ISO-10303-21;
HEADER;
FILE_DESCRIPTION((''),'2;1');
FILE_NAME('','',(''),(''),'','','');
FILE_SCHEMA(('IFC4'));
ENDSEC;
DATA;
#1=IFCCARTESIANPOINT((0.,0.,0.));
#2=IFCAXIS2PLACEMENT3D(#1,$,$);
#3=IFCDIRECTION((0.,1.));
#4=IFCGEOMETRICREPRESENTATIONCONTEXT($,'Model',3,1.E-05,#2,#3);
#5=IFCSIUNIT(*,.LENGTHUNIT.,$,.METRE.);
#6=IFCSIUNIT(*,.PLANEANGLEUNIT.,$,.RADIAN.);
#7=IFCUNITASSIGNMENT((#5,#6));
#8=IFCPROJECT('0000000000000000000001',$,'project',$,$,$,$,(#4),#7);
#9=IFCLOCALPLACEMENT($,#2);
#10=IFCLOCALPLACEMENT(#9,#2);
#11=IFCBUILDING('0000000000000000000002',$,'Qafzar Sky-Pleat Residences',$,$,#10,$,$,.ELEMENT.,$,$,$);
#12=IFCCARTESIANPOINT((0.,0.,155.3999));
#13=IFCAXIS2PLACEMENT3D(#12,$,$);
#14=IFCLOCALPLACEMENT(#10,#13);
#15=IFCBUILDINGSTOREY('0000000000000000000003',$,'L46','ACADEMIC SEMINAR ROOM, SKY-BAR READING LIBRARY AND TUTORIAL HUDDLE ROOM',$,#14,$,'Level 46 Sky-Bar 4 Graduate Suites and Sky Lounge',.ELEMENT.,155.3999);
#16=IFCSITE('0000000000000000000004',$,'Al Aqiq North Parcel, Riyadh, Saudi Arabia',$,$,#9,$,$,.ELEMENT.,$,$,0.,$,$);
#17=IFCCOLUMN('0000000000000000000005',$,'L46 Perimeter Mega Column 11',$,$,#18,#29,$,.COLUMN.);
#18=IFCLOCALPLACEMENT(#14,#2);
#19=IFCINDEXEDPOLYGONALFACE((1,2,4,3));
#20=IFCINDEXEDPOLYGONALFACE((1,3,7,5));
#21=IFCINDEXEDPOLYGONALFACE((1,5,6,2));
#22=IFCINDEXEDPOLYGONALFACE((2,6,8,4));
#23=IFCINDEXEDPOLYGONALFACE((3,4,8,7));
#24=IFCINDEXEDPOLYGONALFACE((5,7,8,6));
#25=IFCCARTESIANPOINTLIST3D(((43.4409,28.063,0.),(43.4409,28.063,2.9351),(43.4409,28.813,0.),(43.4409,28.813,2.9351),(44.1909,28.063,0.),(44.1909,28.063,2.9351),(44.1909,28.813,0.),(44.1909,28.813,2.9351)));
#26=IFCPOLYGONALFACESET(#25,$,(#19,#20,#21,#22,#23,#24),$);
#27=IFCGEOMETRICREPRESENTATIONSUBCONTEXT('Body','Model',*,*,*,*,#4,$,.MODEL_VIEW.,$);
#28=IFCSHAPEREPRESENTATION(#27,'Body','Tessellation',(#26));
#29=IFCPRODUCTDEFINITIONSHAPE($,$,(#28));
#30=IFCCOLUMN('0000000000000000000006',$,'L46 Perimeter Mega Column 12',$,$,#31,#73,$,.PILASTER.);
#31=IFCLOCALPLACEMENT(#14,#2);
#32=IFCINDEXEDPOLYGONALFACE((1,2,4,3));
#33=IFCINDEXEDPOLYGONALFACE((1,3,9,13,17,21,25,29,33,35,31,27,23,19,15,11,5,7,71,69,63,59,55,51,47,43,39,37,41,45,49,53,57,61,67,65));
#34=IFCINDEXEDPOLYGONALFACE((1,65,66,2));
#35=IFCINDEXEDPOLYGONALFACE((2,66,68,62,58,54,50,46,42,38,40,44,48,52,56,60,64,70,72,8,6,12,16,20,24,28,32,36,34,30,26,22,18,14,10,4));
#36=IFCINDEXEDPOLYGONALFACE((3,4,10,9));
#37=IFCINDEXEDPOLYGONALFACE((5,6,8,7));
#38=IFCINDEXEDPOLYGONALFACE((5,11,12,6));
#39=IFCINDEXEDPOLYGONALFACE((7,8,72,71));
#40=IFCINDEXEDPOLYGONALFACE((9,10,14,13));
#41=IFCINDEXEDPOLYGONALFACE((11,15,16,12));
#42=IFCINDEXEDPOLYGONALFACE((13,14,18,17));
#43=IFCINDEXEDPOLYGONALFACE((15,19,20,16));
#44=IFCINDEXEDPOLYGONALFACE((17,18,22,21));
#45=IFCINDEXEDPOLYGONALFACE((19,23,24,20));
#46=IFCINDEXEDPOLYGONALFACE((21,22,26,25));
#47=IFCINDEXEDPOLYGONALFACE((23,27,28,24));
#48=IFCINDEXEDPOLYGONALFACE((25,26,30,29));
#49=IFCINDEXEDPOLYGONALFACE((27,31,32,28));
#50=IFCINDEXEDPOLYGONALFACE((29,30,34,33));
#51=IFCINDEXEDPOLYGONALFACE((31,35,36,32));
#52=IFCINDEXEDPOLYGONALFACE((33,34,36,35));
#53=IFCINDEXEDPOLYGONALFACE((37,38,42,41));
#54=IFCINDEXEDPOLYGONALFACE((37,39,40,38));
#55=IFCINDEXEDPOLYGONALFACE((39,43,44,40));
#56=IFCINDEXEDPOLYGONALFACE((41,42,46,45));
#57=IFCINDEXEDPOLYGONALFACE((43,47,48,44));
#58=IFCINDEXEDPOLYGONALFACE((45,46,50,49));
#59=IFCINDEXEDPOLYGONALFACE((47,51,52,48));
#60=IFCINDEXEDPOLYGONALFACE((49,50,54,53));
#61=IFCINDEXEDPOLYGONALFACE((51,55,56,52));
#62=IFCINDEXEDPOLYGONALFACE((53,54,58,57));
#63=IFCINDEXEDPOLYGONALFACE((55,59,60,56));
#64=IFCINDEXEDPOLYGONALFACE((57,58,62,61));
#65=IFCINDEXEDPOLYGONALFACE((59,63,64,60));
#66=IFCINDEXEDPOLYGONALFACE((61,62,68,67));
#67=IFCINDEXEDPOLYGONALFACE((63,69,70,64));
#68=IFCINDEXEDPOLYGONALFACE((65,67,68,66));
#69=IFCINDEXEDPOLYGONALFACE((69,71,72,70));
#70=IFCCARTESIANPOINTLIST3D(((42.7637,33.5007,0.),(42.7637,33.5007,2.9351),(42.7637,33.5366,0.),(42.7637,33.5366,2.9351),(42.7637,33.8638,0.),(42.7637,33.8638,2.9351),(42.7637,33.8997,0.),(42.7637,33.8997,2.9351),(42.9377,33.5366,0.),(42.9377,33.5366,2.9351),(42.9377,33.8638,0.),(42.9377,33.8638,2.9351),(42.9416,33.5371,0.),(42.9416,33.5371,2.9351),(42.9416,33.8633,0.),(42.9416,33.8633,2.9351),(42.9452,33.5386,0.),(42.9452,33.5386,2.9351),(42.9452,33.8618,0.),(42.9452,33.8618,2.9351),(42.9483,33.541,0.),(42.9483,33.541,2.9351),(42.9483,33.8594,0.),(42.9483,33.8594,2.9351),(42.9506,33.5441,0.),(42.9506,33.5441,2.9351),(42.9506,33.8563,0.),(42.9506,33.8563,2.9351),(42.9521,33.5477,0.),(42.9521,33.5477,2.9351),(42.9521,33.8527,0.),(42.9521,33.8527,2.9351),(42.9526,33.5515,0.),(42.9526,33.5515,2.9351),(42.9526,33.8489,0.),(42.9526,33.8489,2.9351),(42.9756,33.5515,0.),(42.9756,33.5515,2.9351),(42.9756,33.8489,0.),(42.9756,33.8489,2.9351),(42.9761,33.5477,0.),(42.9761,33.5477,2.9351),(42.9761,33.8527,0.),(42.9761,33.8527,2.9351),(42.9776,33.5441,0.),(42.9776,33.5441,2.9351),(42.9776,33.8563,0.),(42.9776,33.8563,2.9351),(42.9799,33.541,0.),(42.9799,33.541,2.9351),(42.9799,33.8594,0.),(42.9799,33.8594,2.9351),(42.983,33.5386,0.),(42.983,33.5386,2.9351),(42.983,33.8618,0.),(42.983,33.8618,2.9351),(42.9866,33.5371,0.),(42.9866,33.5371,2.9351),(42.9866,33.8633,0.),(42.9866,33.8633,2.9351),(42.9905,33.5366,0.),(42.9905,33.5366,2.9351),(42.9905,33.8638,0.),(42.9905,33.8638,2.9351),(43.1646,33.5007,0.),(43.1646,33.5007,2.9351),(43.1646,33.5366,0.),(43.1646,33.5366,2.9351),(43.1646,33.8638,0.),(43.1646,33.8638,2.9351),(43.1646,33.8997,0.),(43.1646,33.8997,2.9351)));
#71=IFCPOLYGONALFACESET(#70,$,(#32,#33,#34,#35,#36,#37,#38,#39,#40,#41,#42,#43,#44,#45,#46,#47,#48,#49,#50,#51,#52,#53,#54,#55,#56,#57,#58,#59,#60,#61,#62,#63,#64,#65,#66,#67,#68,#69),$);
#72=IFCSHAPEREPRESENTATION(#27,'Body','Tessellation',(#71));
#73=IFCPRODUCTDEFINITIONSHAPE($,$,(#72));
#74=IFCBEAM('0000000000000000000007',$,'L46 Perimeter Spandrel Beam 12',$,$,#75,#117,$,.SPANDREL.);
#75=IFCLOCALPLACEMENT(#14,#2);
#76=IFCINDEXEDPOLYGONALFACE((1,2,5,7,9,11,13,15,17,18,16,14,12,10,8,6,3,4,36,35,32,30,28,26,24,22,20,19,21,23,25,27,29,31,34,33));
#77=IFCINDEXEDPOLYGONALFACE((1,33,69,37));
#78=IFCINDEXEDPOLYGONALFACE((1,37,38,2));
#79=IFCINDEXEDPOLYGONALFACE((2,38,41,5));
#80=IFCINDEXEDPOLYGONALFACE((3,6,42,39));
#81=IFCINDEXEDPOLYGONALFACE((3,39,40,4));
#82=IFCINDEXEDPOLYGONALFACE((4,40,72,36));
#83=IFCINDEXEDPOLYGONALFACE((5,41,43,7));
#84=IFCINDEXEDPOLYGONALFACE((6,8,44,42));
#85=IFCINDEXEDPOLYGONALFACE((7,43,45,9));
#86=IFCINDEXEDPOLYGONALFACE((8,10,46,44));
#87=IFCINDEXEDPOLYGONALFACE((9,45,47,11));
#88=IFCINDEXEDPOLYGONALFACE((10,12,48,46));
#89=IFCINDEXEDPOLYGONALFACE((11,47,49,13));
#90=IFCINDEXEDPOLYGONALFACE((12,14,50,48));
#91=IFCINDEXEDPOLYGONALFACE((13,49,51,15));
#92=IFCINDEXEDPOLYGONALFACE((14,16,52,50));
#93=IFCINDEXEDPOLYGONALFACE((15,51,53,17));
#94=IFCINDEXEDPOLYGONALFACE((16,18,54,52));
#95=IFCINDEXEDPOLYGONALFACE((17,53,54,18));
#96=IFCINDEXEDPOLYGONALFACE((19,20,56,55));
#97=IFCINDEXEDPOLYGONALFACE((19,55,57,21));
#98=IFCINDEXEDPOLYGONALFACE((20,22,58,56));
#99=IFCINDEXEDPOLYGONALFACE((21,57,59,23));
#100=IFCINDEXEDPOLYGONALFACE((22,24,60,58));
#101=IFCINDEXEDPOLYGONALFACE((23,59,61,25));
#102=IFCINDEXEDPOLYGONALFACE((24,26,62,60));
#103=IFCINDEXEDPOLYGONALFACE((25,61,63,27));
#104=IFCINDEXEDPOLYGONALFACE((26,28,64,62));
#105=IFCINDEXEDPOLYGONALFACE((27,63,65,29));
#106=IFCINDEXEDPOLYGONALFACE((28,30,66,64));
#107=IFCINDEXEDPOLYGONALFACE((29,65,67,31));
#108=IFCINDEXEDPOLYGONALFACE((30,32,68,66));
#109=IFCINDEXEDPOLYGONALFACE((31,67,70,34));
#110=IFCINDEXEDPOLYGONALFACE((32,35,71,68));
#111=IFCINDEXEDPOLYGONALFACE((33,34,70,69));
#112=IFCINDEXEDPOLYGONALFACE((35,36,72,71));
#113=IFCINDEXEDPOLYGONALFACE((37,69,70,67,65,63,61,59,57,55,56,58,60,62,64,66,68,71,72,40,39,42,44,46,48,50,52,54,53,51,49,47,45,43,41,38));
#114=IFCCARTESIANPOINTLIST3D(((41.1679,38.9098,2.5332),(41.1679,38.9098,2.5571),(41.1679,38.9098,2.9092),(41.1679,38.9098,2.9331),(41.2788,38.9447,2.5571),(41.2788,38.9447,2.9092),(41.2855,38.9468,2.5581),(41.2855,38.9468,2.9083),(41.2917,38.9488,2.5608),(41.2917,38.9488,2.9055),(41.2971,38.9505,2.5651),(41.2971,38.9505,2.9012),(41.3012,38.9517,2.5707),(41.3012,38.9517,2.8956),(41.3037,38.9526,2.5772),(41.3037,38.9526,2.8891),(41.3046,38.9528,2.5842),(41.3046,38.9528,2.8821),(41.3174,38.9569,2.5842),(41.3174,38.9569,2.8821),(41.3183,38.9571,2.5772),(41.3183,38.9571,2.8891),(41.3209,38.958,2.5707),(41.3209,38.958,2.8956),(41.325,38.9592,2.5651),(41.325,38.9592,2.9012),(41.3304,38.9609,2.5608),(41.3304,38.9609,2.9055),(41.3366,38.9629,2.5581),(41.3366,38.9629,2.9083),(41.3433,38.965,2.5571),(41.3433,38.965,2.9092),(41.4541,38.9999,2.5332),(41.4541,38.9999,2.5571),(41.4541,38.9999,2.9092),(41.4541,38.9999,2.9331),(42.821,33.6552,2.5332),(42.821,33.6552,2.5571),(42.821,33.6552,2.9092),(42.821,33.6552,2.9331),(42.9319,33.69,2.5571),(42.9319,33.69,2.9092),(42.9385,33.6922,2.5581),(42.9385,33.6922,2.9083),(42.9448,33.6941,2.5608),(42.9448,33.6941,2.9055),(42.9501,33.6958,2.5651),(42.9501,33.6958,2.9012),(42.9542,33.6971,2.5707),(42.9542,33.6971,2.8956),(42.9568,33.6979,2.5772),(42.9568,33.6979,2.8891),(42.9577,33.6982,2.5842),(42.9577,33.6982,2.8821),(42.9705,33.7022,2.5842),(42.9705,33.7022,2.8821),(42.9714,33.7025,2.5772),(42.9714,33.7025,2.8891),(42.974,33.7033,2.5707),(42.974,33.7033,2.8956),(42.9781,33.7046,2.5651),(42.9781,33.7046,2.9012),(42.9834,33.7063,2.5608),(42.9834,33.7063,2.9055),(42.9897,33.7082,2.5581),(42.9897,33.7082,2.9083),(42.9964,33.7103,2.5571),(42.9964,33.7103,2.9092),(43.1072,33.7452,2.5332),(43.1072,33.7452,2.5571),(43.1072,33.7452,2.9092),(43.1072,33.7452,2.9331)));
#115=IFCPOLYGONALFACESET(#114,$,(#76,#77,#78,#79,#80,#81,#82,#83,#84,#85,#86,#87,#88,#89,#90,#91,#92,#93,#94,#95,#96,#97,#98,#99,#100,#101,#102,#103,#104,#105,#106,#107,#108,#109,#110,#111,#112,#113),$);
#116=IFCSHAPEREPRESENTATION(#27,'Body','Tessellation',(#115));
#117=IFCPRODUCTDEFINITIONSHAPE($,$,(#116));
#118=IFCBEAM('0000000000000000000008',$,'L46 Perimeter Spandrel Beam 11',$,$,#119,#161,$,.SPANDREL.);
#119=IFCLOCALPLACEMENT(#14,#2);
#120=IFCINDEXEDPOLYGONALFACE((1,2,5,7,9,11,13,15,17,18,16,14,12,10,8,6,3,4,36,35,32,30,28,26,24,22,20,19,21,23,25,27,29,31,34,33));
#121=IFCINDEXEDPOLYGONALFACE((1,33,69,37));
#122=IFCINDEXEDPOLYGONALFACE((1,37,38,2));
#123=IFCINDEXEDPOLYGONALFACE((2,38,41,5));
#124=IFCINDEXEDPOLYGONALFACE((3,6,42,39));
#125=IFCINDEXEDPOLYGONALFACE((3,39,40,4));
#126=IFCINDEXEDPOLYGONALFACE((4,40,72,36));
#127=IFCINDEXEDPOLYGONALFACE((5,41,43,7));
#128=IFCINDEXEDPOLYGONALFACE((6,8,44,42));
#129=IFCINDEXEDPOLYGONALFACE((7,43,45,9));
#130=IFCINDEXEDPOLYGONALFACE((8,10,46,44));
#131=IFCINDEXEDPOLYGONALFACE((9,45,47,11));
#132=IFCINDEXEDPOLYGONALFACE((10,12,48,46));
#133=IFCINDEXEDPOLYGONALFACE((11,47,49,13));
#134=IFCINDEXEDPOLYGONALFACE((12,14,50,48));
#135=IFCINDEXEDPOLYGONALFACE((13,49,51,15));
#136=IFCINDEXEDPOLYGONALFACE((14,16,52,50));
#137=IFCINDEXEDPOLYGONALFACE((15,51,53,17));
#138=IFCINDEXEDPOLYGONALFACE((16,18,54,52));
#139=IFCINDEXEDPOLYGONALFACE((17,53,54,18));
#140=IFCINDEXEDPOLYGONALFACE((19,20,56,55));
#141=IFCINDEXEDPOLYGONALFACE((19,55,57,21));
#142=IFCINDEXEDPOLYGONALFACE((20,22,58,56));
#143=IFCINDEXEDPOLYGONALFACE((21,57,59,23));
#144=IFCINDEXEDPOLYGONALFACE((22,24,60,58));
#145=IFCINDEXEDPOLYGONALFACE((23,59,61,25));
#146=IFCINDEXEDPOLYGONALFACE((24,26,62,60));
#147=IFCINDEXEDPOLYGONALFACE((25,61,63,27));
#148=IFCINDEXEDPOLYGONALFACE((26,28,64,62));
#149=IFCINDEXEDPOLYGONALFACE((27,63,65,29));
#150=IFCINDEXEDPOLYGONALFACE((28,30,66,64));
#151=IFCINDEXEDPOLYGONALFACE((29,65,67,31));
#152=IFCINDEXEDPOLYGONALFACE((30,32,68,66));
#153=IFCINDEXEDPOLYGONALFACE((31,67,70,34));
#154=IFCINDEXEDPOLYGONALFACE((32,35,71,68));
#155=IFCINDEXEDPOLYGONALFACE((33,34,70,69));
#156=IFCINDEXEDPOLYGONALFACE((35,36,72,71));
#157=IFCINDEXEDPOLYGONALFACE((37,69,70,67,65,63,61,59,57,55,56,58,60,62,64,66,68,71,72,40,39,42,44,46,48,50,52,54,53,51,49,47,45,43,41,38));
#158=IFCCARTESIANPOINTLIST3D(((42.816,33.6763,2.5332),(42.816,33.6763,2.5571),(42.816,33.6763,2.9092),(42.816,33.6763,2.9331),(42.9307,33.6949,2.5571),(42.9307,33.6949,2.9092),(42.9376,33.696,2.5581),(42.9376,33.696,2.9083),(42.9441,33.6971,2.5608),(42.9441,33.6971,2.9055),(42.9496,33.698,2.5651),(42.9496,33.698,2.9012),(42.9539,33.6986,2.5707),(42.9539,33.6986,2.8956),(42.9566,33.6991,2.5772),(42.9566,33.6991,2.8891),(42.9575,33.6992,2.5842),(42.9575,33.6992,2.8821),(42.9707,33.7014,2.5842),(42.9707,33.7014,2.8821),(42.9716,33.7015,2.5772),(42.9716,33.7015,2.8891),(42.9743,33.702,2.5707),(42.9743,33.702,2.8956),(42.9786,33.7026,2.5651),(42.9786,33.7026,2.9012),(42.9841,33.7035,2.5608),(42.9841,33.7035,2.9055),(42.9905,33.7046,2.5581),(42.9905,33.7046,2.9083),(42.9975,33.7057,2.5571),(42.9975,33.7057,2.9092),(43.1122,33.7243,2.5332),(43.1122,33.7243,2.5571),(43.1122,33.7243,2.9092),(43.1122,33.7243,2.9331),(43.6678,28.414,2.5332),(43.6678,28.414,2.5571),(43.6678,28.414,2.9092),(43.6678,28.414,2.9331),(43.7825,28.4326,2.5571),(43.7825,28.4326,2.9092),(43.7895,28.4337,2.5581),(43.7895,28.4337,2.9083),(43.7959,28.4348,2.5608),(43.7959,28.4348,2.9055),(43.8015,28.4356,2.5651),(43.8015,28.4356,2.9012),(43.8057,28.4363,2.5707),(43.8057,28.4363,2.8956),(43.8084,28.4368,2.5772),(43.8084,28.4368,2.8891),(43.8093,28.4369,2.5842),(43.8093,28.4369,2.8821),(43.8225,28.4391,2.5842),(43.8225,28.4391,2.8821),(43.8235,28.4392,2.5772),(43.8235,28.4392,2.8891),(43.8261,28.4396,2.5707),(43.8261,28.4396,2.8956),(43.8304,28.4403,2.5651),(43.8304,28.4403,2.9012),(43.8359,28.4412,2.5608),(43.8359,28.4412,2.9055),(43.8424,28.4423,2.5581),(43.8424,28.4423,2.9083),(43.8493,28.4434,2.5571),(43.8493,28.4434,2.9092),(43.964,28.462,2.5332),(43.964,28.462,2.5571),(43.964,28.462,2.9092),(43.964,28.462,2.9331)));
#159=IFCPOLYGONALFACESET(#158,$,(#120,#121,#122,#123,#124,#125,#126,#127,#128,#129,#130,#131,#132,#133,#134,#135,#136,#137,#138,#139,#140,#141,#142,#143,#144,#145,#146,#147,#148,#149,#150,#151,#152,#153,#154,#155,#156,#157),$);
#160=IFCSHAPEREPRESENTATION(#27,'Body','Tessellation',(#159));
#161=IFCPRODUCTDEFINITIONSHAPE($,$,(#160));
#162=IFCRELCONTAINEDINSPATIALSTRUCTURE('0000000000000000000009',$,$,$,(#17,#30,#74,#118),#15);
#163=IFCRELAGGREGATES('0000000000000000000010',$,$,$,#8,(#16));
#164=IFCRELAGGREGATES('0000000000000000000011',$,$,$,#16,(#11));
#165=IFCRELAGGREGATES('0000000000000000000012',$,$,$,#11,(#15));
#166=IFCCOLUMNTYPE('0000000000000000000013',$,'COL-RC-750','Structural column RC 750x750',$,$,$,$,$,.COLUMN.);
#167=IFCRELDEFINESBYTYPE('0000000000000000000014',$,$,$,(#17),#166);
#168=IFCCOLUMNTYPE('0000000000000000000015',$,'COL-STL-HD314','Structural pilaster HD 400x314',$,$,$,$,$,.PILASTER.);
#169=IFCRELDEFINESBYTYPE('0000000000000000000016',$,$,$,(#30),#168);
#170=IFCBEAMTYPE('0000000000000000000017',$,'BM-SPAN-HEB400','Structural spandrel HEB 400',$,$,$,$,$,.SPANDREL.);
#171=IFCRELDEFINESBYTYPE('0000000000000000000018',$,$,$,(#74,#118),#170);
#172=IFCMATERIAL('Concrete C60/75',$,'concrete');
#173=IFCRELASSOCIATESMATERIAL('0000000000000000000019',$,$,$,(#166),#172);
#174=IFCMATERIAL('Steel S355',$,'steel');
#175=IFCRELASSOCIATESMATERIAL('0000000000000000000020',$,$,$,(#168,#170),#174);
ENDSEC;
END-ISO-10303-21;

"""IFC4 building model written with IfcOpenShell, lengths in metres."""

from ifc_helpers import new_model, si_unit, direction, frame, origin, origin_2d, place, context, subcontext, project, spatial, rectangle, i_section, extrude, source, transform, mapped, material, material_profile, profile_set, type_object, element, save


model = new_model("IFC4")

# Units and contexts
model_context = context("Model", 3, precision=1e-05, world=origin(), true_north=direction((0.0, 1.0)))
body_context = subcontext(model_context, "Body", "Model", "MODEL_VIEW")
ifc_project = project(units=[si_unit("LENGTHUNIT", "METRE"), si_unit("PLANEANGLEUNIT", "RADIAN")], contexts=[model_context])

# Site, building, storey
site_placement = place(None, origin())
site = spatial("IfcSite", under=ifc_project, at=site_placement, Name="Al Aqiq North Parcel, Riyadh, Saudi Arabia", CompositionType="ELEMENT", RefElevation=0.0)
building_placement = place(site_placement, origin())
building = spatial("IfcBuilding", under=site, at=building_placement, Name="Qafzar Sky-Pleat Residences", CompositionType="ELEMENT")
storey_placement = place(building_placement, frame((0.0, 0.0, 155.3999)))
storey = spatial("IfcBuildingStorey", under=building, at=storey_placement, Name="L46", Description="ACADEMIC SEMINAR ROOM, SKY-BAR READING LIBRARY AND TUTORIAL HUDDLE ROOM", LongName="Level 46 Sky-Bar 4 Graduate Suites and Sky Lounge", CompositionType="ELEMENT", Elevation=155.3999)

# Columns
ifc_material_1 = material(Name="Concrete C60/75", Category="concrete")
ifc_material_profile_1 = material_profile(ifc_material_1, rectangle(XDim=0.75, YDim=0.75, at=origin_2d()), Name="RC 750x750")
ifc_profile_set_1 = profile_set([ifc_material_profile_1], Name="Concrete C60/75")
column_type_1 = type_object("IfcColumnType", Name="COL-RC-750", Description="Structural column RC 750x750", PredefinedType="COLUMN", material=ifc_profile_set_1)
shared_shape_1 = source(origin(), body_context, "Body", "SweptSolid", [
    extrude(rectangle(XDim=0.75, YDim=0.75, at=origin_2d()), origin(), (0.0, 0.0, 1.0), 2.9351),
])
column_1_placement = place(storey_placement, frame((43.8159, 28.438, 0.0), z_axis=(0.0, 0.0, 1.0), x_axis=(1.0, 0.0, 0.0)))
element("IfcColumn", 1, at=column_1_placement, inside=storey, type_object=column_type_1, Name="L46 Perimeter Mega Column 11", PredefinedType="COLUMN", context=body_context, shape_type="MappedRepresentation", body=[
    mapped(shared_shape_1, transform((0.0, 0.0, 0.0), x_axis=(1.0, 0.0, 0.0), y_axis=(0.0, 1.0, 0.0), z_axis=(0.0, 0.0, 1.0), scale=1.0)),
])
ifc_material_2 = material(Name="Steel S355", Category="steel")
ifc_material_profile_2 = material_profile(ifc_material_2, i_section(OverallWidth=0.4009, OverallDepth=0.3989, WebThickness=0.0229, FlangeThickness=0.0359, FilletRadius=0.0149, at=origin_2d()), Name="HD 400x314")
ifc_profile_set_2 = profile_set([ifc_material_profile_2], Name="Steel S355")
column_type_2 = type_object("IfcColumnType", Name="COL-STL-HD314", Description="Structural pilaster HD 400x314", PredefinedType="PILASTER", material=ifc_profile_set_2)
shared_shape_2 = source(origin(), body_context, "Body", "SweptSolid", [
    extrude(i_section(OverallWidth=0.4009, OverallDepth=0.3989, WebThickness=0.0229, FlangeThickness=0.0359, FilletRadius=0.0149, at=origin_2d()), origin(), (0.0, 0.0, 1.0), 2.9351),
])
column_2_placement = place(storey_placement, frame((42.9641, 33.7002, 0.0), z_axis=(0.0, 0.0, 1.0), x_axis=(1.0, 0.0, 0.0)))
element("IfcColumn", 2, at=column_2_placement, inside=storey, type_object=column_type_2, Name="L46 Perimeter Mega Column 12", PredefinedType="PILASTER", context=body_context, shape_type="MappedRepresentation", body=[
    mapped(shared_shape_2, transform((0.0, 0.0, 0.0), x_axis=(1.0, 0.0, 0.0), y_axis=(0.0, 1.0, 0.0), z_axis=(0.0, 0.0, 1.0), scale=1.0)),
])

# Beams
ifc_material_profile_3 = material_profile(ifc_material_2, i_section(OverallWidth=0.3, OverallDepth=0.3999, WebThickness=0.0134, FlangeThickness=0.0239, FilletRadius=0.0271, at=origin_2d()), Name="HEB 400")
ifc_profile_set_3 = profile_set([ifc_material_profile_3], Name="Steel S355")
beam_type_1 = type_object("IfcBeamType", Name="BM-SPAN-HEB400", Description="Structural spandrel HEB 400", PredefinedType="SPANDREL", material=ifc_profile_set_3)
shared_shape_3 = source(origin(), body_context, "Body", "SweptSolid", [
    extrude(i_section(OverallWidth=0.3, OverallDepth=0.3999, WebThickness=0.0134, FlangeThickness=0.0239, FilletRadius=0.0271, at=origin_2d()), origin(), (0.0, 0.0, 1.0), 5.5085),
])
beam_1_placement = place(storey_placement, frame((42.9641, 33.7002, 2.7332), z_axis=(-0.300094, 0.95391, 0.0), x_axis=(-0.95391, -0.300094, 0.0)))
element("IfcBeam", 3, at=beam_1_placement, inside=storey, type_object=beam_type_1, Name="L46 Perimeter Spandrel Beam 12", PredefinedType="SPANDREL", context=body_context, shape_type="MappedRepresentation", body=[
    mapped(shared_shape_3, transform((0.0, 0.0, 0.0), x_axis=(1.0, 0.0, 0.0), y_axis=(0.0, 1.0, 0.0), z_axis=(0.0, 0.0, 1.0), scale=1.0)),
])
shared_shape_4 = source(origin(), body_context, "Body", "SweptSolid", [
    extrude(i_section(OverallWidth=0.3, OverallDepth=0.3999, WebThickness=0.0134, FlangeThickness=0.0239, FilletRadius=0.0271, at=origin_2d()), origin(), (0.0, 0.0, 1.0), 5.3308),
])
beam_2_placement = place(storey_placement, frame((43.8159, 28.438, 2.7332), z_axis=(-0.159793, 0.987151, 0.0), x_axis=(-0.987151, -0.159793, 0.0)))
element("IfcBeam", 4, at=beam_2_placement, inside=storey, type_object=beam_type_1, Name="L46 Perimeter Spandrel Beam 11", PredefinedType="SPANDREL", context=body_context, shape_type="MappedRepresentation", body=[
    mapped(shared_shape_4, transform((0.0, 0.0, 0.0), x_axis=(1.0, 0.0, 0.0), y_axis=(0.0, 1.0, 0.0), z_axis=(0.0, 0.0, 1.0), scale=1.0)),
])

save(model, "model.ifc")
